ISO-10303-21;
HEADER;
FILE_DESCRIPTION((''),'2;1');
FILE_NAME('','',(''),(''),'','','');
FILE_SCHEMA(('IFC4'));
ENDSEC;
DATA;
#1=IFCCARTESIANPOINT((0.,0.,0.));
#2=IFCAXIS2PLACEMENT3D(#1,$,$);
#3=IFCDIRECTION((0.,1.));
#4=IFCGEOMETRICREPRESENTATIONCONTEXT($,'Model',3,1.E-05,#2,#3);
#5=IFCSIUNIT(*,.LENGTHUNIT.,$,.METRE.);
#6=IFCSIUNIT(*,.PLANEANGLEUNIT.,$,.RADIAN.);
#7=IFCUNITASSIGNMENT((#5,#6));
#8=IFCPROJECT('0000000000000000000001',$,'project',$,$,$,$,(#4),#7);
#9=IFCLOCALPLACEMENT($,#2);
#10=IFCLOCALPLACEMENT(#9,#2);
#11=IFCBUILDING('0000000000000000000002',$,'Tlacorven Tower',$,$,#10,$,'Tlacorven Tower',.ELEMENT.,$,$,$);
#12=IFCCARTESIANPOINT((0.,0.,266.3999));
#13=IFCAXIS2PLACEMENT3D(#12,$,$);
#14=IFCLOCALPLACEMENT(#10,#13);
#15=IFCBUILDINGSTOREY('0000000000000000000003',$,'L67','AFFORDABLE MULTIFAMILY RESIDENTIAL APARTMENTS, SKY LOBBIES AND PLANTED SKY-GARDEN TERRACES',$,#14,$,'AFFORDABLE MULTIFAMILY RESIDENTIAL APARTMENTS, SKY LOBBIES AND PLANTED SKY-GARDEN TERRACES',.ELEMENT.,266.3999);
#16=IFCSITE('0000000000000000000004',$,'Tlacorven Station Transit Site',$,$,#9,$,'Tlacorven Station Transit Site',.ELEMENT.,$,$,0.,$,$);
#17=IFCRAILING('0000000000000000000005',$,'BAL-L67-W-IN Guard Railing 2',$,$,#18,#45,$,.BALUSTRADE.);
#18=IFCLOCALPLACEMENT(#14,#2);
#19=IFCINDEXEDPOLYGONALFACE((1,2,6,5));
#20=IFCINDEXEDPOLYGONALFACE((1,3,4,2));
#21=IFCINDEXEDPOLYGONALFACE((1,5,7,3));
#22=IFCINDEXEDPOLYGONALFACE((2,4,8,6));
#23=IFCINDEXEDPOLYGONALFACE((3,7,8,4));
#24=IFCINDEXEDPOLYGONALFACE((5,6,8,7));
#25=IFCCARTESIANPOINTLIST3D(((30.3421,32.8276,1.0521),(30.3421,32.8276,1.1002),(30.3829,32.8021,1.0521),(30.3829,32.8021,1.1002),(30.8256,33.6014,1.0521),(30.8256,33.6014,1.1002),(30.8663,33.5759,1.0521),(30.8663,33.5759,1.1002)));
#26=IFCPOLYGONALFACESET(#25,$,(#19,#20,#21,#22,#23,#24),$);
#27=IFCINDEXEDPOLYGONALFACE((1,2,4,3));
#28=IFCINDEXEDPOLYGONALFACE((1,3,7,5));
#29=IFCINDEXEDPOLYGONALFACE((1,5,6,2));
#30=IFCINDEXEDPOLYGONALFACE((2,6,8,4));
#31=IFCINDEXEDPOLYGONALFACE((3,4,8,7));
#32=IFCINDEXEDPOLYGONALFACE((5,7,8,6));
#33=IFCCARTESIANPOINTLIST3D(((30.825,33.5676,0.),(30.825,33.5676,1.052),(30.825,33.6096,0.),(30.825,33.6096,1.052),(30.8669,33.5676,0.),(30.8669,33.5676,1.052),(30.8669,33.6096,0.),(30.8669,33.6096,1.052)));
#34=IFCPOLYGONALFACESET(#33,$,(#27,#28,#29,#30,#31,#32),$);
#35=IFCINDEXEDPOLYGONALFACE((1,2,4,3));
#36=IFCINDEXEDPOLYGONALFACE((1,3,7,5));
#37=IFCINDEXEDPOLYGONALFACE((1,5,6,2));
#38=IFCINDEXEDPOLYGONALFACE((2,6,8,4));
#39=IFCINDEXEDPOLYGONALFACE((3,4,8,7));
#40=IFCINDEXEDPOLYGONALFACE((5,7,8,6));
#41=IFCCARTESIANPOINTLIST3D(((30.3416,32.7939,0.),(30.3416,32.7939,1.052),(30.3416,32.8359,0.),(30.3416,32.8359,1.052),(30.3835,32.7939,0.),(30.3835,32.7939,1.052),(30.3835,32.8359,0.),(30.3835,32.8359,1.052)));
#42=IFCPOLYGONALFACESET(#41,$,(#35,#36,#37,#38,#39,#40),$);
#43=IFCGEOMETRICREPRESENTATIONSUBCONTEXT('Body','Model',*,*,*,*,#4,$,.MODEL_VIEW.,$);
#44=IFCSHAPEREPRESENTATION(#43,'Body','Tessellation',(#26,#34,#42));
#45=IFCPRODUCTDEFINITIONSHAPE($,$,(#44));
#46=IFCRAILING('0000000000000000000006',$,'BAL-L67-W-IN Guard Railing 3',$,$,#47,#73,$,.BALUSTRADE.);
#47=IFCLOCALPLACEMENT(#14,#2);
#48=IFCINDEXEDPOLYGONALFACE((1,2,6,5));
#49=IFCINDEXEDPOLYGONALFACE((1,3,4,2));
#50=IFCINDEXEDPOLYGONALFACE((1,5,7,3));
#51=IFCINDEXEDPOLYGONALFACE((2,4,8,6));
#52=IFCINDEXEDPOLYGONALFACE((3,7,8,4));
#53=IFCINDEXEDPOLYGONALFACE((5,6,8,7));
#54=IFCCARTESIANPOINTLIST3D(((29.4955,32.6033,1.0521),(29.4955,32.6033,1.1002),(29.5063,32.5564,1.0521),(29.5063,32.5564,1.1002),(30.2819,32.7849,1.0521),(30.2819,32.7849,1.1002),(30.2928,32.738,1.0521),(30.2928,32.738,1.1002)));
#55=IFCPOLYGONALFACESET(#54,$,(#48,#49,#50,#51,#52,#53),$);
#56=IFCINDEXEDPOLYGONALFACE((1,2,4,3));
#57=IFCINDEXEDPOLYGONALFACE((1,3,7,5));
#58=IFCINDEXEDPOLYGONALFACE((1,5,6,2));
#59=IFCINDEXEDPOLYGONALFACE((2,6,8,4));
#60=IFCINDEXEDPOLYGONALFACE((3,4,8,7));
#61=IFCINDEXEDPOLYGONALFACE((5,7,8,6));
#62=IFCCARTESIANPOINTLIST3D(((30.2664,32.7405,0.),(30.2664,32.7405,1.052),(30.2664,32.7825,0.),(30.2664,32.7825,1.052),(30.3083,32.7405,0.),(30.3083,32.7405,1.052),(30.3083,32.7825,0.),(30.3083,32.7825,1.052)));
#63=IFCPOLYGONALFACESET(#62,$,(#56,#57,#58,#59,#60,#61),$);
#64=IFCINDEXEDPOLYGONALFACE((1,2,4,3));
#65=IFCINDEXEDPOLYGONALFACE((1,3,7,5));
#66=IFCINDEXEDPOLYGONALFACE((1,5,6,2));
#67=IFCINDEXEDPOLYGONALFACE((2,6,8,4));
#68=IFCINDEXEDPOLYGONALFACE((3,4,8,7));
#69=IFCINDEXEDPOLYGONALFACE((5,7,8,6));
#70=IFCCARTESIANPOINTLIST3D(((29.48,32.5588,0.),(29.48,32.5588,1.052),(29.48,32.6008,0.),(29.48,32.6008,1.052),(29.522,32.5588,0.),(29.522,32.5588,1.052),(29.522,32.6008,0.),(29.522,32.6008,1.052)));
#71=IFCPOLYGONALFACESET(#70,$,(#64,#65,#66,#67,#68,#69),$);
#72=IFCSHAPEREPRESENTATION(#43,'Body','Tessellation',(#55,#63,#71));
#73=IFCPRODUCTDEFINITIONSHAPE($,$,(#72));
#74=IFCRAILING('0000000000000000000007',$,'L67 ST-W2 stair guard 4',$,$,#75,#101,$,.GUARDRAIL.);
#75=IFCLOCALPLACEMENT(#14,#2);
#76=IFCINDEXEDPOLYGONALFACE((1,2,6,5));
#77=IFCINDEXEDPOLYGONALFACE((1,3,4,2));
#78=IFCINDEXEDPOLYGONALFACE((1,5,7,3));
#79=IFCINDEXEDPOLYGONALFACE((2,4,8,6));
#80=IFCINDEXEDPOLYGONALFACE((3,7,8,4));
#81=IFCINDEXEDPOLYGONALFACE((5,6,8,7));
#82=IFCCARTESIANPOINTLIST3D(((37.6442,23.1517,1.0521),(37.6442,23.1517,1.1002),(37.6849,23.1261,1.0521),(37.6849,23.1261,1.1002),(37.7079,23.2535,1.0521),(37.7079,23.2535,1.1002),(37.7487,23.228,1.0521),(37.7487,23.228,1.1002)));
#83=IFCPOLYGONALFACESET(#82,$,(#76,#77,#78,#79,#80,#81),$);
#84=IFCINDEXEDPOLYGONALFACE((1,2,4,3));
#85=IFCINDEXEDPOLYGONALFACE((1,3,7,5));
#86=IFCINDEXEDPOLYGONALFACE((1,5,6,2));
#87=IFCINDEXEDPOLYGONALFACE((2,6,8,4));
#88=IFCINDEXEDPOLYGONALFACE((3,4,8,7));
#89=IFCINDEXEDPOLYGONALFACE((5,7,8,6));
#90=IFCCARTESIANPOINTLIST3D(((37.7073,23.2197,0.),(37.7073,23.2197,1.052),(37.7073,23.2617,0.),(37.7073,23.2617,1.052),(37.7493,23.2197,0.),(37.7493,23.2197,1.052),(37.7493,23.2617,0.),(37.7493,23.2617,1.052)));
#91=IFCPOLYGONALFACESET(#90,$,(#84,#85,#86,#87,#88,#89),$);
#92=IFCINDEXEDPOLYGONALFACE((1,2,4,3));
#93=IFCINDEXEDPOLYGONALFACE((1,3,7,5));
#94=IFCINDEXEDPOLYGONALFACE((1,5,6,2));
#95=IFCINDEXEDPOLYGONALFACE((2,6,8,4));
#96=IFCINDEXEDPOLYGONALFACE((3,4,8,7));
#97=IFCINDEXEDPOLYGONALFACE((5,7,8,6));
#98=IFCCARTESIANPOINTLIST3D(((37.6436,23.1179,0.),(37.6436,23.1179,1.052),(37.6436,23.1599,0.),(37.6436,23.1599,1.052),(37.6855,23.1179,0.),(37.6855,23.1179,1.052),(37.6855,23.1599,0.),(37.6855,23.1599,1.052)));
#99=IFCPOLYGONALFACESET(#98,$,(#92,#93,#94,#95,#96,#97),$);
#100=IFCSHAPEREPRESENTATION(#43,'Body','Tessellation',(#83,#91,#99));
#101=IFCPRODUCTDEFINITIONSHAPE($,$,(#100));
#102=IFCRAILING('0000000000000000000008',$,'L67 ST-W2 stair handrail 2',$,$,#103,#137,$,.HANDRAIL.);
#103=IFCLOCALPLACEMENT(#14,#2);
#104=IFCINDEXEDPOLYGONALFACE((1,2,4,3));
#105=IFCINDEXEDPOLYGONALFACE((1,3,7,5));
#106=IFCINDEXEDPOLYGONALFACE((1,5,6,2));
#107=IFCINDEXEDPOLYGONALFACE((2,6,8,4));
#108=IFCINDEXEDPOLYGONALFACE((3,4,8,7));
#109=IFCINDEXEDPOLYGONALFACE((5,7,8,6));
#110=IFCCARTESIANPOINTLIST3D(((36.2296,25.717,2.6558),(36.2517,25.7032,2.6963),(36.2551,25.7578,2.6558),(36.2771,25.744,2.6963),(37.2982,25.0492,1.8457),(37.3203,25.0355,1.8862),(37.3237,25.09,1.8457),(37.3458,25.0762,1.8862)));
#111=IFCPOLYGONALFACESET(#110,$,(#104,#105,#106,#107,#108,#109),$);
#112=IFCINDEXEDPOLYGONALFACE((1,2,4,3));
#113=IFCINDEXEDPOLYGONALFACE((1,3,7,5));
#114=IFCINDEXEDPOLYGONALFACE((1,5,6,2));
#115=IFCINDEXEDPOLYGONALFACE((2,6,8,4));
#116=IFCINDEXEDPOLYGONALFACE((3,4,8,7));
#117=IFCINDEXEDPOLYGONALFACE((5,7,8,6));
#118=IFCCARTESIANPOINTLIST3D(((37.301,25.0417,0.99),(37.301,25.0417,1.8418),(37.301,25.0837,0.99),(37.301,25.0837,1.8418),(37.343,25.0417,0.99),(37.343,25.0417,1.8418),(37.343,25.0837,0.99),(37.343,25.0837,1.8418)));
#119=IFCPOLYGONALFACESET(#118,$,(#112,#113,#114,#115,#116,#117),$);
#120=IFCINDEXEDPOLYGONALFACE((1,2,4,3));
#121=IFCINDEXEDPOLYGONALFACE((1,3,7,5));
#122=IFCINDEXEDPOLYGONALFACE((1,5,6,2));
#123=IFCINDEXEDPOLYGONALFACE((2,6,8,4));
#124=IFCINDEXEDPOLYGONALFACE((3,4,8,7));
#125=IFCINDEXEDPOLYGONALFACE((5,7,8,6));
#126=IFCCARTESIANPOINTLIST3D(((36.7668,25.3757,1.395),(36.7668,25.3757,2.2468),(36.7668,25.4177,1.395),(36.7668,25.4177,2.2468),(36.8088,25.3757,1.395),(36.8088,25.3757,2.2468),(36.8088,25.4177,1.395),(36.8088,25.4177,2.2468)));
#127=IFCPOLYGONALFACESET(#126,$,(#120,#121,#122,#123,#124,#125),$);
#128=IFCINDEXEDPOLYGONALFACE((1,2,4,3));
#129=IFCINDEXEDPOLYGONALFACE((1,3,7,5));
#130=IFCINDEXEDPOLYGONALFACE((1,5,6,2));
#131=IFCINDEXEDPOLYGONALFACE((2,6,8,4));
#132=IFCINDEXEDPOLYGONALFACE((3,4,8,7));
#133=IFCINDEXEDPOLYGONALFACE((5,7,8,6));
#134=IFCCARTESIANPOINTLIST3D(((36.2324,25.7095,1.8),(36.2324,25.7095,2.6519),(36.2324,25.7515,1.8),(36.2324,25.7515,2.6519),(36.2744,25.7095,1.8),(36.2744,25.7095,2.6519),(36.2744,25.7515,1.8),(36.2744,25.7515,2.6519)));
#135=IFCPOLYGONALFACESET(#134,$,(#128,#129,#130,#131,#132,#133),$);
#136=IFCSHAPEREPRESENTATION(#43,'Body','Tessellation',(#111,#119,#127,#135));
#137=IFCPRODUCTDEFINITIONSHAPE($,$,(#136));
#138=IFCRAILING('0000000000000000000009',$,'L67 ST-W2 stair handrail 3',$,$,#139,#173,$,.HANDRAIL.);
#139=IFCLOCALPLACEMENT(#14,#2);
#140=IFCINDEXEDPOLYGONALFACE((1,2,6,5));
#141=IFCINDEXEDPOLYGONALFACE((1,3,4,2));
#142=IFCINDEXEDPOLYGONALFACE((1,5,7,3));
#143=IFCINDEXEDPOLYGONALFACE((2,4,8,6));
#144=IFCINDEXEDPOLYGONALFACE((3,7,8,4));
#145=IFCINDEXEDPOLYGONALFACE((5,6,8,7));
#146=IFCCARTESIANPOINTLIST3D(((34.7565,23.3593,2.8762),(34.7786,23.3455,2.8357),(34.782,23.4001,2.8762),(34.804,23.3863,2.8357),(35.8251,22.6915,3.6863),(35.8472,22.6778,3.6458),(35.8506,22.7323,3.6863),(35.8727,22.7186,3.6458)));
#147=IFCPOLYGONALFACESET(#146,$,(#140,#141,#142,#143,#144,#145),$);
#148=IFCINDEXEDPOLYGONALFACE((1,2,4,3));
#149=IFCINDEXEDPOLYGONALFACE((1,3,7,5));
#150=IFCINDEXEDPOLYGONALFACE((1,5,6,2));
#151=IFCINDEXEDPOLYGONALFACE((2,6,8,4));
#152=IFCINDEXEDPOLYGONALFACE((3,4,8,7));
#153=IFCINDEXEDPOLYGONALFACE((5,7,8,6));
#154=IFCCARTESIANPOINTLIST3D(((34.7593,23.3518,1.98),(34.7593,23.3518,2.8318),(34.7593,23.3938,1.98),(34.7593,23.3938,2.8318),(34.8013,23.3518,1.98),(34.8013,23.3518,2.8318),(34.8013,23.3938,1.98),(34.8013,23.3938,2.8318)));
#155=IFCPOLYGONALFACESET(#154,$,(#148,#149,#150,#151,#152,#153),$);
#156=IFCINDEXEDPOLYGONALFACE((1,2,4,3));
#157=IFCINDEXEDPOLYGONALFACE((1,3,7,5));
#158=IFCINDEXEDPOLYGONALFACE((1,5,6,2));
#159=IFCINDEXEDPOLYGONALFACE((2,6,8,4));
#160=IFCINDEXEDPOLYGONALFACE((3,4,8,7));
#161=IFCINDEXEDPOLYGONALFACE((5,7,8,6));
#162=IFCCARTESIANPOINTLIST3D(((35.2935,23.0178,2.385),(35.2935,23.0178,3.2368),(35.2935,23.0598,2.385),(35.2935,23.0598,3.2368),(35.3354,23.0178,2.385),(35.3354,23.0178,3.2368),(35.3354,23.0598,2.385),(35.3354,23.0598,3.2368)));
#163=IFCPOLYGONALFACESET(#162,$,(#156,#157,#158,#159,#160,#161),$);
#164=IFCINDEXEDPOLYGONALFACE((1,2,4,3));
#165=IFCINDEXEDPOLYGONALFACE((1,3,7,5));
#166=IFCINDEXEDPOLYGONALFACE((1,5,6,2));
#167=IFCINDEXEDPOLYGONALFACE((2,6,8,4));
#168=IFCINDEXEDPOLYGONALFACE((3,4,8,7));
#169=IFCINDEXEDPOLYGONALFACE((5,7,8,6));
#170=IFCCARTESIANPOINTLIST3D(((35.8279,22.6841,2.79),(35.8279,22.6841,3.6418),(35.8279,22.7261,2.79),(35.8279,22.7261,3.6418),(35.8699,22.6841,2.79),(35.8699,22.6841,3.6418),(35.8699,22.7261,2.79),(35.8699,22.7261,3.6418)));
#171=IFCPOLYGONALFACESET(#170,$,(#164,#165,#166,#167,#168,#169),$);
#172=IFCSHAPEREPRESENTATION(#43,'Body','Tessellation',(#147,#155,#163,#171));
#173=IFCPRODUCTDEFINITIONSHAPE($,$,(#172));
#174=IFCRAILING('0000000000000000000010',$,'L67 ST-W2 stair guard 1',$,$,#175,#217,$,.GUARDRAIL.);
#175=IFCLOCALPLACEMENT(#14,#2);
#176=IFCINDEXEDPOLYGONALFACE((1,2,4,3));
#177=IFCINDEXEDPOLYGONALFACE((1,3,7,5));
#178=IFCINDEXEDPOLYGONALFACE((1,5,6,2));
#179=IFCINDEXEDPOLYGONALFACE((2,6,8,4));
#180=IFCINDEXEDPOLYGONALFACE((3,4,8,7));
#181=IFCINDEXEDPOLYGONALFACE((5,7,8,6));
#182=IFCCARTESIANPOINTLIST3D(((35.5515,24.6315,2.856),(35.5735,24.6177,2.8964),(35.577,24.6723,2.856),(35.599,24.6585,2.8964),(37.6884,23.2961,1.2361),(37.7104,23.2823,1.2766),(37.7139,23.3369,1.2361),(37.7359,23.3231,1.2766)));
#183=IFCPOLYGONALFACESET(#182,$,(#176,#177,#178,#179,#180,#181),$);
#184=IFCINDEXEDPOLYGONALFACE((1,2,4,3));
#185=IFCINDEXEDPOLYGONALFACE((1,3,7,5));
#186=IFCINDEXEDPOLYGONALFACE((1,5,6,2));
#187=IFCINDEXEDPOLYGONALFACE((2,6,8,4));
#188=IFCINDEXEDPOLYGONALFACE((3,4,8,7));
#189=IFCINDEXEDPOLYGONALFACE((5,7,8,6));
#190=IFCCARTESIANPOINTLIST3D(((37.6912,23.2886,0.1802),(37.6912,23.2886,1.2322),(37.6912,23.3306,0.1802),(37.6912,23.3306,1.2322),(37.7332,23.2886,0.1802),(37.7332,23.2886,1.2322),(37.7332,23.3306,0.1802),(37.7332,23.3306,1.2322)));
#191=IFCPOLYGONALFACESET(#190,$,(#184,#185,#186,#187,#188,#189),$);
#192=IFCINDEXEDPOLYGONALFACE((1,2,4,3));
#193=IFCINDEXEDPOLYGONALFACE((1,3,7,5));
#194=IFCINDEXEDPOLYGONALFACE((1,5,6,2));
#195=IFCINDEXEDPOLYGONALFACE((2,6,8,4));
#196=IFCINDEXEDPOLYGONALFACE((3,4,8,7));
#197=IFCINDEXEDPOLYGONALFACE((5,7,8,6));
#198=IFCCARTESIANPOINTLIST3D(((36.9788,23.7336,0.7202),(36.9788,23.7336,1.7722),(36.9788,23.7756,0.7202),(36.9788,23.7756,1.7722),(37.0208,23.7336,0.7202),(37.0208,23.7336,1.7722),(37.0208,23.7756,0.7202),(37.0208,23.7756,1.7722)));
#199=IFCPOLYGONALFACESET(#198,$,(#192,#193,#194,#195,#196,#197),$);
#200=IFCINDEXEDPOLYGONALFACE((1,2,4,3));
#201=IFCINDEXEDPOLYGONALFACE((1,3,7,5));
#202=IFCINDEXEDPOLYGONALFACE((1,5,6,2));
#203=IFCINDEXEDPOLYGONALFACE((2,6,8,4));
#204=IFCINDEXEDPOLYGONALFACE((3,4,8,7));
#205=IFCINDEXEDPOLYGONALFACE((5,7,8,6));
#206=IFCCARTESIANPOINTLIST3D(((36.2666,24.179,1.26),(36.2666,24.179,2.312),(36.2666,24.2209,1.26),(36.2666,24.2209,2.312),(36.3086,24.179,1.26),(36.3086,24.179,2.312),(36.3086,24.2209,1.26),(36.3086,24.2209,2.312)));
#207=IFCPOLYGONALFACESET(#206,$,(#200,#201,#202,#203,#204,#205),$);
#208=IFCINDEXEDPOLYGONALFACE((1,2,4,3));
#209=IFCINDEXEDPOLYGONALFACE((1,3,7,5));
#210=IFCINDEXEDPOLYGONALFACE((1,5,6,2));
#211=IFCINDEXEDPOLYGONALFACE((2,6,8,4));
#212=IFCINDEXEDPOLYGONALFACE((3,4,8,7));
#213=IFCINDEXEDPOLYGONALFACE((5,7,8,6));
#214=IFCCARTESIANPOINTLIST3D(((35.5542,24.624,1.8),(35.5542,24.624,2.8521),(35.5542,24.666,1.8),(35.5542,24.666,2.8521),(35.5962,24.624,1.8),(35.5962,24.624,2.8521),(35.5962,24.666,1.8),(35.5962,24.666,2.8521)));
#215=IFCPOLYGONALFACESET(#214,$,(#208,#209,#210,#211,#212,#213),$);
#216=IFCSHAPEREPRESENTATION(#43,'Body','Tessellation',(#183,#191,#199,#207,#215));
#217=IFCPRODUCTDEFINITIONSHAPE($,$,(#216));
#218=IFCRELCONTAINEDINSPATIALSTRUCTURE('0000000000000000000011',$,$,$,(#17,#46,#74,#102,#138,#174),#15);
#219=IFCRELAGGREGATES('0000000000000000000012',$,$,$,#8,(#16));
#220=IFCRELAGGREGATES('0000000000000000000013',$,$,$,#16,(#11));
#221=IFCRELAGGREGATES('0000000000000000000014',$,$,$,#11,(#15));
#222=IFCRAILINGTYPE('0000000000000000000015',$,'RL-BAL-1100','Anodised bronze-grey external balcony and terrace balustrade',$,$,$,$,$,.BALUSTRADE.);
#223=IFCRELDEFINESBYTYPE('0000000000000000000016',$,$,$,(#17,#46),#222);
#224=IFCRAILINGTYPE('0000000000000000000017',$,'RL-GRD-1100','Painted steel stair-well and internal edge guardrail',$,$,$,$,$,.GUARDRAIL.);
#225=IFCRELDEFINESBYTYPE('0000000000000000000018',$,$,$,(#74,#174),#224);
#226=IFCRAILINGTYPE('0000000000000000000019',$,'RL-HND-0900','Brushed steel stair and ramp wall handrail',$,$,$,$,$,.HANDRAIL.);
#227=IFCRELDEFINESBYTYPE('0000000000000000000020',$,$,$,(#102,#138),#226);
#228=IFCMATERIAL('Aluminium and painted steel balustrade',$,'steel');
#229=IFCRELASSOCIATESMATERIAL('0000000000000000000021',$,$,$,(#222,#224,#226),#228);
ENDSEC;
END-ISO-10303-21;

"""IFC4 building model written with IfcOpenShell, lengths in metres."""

from ifc_helpers import new_model, si_unit, direction, frame, origin, origin_2d, place, context, subcontext, project, spatial, rectangle, extrude, source, transform, mapped, material, type_object, element, save


model = new_model("IFC4")

# Units and contexts
model_context = context("Model", 3, precision=1e-05, world=origin(), true_north=direction((0.0, 1.0)))
body_context = subcontext(model_context, "Body", "Model", "MODEL_VIEW")
ifc_project = project(units=[si_unit("LENGTHUNIT", "METRE"), si_unit("PLANEANGLEUNIT", "RADIAN")], contexts=[model_context])

# Site, building, storey
site_placement = place(None, origin())
site = spatial("IfcSite", under=ifc_project, at=site_placement, Name="Tlacorven Station Transit Site", LongName="Tlacorven Station Transit Site", CompositionType="ELEMENT", RefElevation=0.0)
building_placement = place(site_placement, origin())
building = spatial("IfcBuilding", under=site, at=building_placement, Name="Tlacorven Tower", LongName="Tlacorven Tower", CompositionType="ELEMENT")
storey_placement = place(building_placement, frame((0.0, 0.0, 266.3999)))
storey = spatial("IfcBuildingStorey", under=building, at=storey_placement, Name="L67", Description="AFFORDABLE MULTIFAMILY RESIDENTIAL APARTMENTS, SKY LOBBIES AND PLANTED SKY-GARDEN TERRACES", LongName="AFFORDABLE MULTIFAMILY RESIDENTIAL APARTMENTS, SKY LOBBIES AND PLANTED SKY-GARDEN TERRACES", CompositionType="ELEMENT", Elevation=266.3999)

# Railings
ifc_material_1 = material(Name="Aluminium and painted steel balustrade", Category="steel")
railing_type_1 = type_object("IfcRailingType", Name="RL-BAL-1100", Description="Anodised bronze-grey external balcony and terrace balustrade", PredefinedType="BALUSTRADE", material=ifc_material_1)
shared_shape_1 = source(origin(), body_context, "Body", "SweptSolid", [
    extrude(rectangle(XDim=0.0481, YDim=0.0481, at=origin_2d()), frame((0.0, 0.0, 1.0762), z_axis=(-0.529879, -0.848073, 0.0), x_axis=(0.848073, -0.529879, 0.0)), (0.0, 0.0, 1.0), 0.9124),
    extrude(rectangle(XDim=0.042, YDim=0.042, at=origin_2d()), origin(), (0.0, 0.0, 1.0), 1.052),
    extrude(rectangle(XDim=0.042, YDim=0.042, at=origin_2d()), frame((-0.4834, -0.7737, 0.0)), (0.0, 0.0, 1.0), 1.052),
])
railing_1_placement = place(storey_placement, frame((30.8459, 33.5886, 0.0)))
element("IfcRailing", 1, at=railing_1_placement, inside=storey, type_object=railing_type_1, Name="BAL-L67-W-IN Guard Railing 2", PredefinedType="BALUSTRADE", context=body_context, shape_type="MappedRepresentation", body=[
    mapped(shared_shape_1, transform((0.0, 0.0, 0.0), scale=1.0)),
])
shared_shape_2 = source(origin(), body_context, "Body", "SweptSolid", [
    extrude(rectangle(XDim=0.0481, YDim=0.0481, at=origin_2d()), frame((0.0, 0.0, 1.0762), z_axis=(-0.974345, -0.225058, 0.0), x_axis=(0.225058, -0.974345, 0.0)), (0.0, 0.0, 1.0), 0.8071),
    extrude(rectangle(XDim=0.042, YDim=0.042, at=origin_2d()), origin(), (0.0, 0.0, 1.0), 1.052),
    extrude(rectangle(XDim=0.042, YDim=0.042, at=origin_2d()), frame((-0.7864, -0.1816, 0.0)), (0.0, 0.0, 1.0), 1.052),
])
railing_2_placement = place(storey_placement, frame((30.2874, 32.7615, 0.0)))
element("IfcRailing", 2, at=railing_2_placement, inside=storey, type_object=railing_type_1, Name="BAL-L67-W-IN Guard Railing 3", PredefinedType="BALUSTRADE", context=body_context, shape_type="MappedRepresentation", body=[
    mapped(shared_shape_2, transform((0.0, 0.0, 0.0), scale=1.0)),
])
railing_type_2 = type_object("IfcRailingType", Name="RL-GRD-1100", Description="Painted steel stair-well and internal edge guardrail", PredefinedType="GUARDRAIL", material=ifc_material_1)
shared_shape_3 = source(origin(), body_context, "Body", "SweptSolid", [
    extrude(rectangle(XDim=0.0481, YDim=0.0481, at=origin_2d()), frame((0.0, 0.0, 1.0762), z_axis=(-0.530547, -0.847656, 0.0), x_axis=(0.847656, -0.530547, 0.0)), (0.0, 0.0, 1.0), 0.1201),
    extrude(rectangle(XDim=0.042, YDim=0.042, at=origin_2d()), origin(), (0.0, 0.0, 1.0), 1.052),
    extrude(rectangle(XDim=0.042, YDim=0.042, at=origin_2d()), frame((-0.0637, -0.1018, 0.0)), (0.0, 0.0, 1.0), 1.052),
])
railing_3_placement = place(storey_placement, frame((37.7283, 23.2407, 0.0)))
element("IfcRailing", 3, at=railing_3_placement, inside=storey, type_object=railing_type_2, Name="L67 ST-W2 stair guard 4", PredefinedType="GUARDRAIL", context=body_context, shape_type="MappedRepresentation", body=[
    mapped(shared_shape_3, transform((0.0, 0.0, 0.0), scale=1.0)),
])
railing_type_3 = type_object("IfcRailingType", Name="RL-HND-0900", Description="Brushed steel stair and ramp wall handrail", PredefinedType="HANDRAIL", material=ifc_material_1)
shared_shape_4 = source(origin(), body_context, "Body", "SweptSolid", [
    extrude(rectangle(XDim=0.0481, YDim=0.0481, at=origin_2d()), frame((0.0, 0.0, 0.876), z_axis=(-0.71336, 0.445748, 0.540765), x_axis=(-0.529912, -0.848053, 0.0)), (0.0, 0.0, 1.0), 1.498),
    extrude(rectangle(XDim=0.042, YDim=0.042, at=origin_2d()), origin(), (0.0, 0.0, 1.0), 0.8518),
    extrude(rectangle(XDim=0.042, YDim=0.042, at=origin_2d()), frame((-0.5342, 0.334, 0.405)), (0.0, 0.0, 1.0), 0.8518),
    extrude(rectangle(XDim=0.042, YDim=0.042, at=origin_2d()), frame((-1.0686, 0.6677, 0.8101)), (0.0, 0.0, 1.0), 0.8518),
])
railing_4_placement = place(storey_placement, frame((37.322, 25.0627, 0.99)))
element("IfcRailing", 4, at=railing_4_placement, inside=storey, type_object=railing_type_3, Name="L67 ST-W2 stair handrail 2", PredefinedType="HANDRAIL", context=body_context, shape_type="MappedRepresentation", body=[
    mapped(shared_shape_4, transform((0.0, 0.0, 0.0), scale=1.0)),
])
shared_shape_5 = source(origin(), body_context, "Body", "SweptSolid", [
    extrude(rectangle(XDim=0.0481, YDim=0.0481, at=origin_2d()), frame((0.0, 0.0, 0.876), z_axis=(0.71336, -0.445748, 0.540765), x_axis=(0.529912, 0.848053, 0.0)), (0.0, 0.0, 1.0), 1.498),
    extrude(rectangle(XDim=0.042, YDim=0.042, at=origin_2d()), origin(), (0.0, 0.0, 1.0), 0.8518),
    extrude(rectangle(XDim=0.042, YDim=0.042, at=origin_2d()), frame((0.5342, -0.334, 0.405)), (0.0, 0.0, 1.0), 0.8518),
    extrude(rectangle(XDim=0.042, YDim=0.042, at=origin_2d()), frame((1.0686, -0.6677, 0.8101)), (0.0, 0.0, 1.0), 0.8518),
])
railing_5_placement = place(storey_placement, frame((34.7803, 23.3728, 1.98)))
element("IfcRailing", 5, at=railing_5_placement, inside=storey, type_object=railing_type_3, Name="L67 ST-W2 stair handrail 3", PredefinedType="HANDRAIL", context=body_context, shape_type="MappedRepresentation", body=[
    mapped(shared_shape_5, transform((0.0, 0.0, 0.0), scale=1.0)),
])
shared_shape_6 = source(origin(), body_context, "Body", "SweptSolid", [
    extrude(rectangle(XDim=0.0481, YDim=0.0481, at=origin_2d()), frame((0.0, 0.0, 1.0762), z_axis=(-0.713351, 0.445794, 0.540739), x_axis=(-0.529955, -0.848026, 0.0)), (0.0, 0.0, 1.0), 2.9956),
    extrude(rectangle(XDim=0.042, YDim=0.042, at=origin_2d()), origin(), (0.0, 0.0, 1.0), 1.052),
    extrude(rectangle(XDim=0.042, YDim=0.042, at=origin_2d()), frame((-0.7124, 0.4451, 0.54)), (0.0, 0.0, 1.0), 1.052),
    extrude(rectangle(XDim=0.042, YDim=0.042, at=origin_2d()), frame((-1.4246, 0.8904, 1.0798)), (0.0, 0.0, 1.0), 1.052),
    extrude(rectangle(XDim=0.042, YDim=0.042, at=origin_2d()), frame((-2.137, 1.3354, 1.6199)), (0.0, 0.0, 1.0), 1.052),
])
railing_6_placement = place(storey_placement, frame((37.7122, 23.3096, 0.1802)))
element("IfcRailing", 6, at=railing_6_placement, inside=storey, type_object=railing_type_2, Name="L67 ST-W2 stair guard 1", PredefinedType="GUARDRAIL", context=body_context, shape_type="MappedRepresentation", body=[
    mapped(shared_shape_6, transform((0.0, 0.0, 0.0), scale=1.0)),
])

save(model, "model.ifc")
